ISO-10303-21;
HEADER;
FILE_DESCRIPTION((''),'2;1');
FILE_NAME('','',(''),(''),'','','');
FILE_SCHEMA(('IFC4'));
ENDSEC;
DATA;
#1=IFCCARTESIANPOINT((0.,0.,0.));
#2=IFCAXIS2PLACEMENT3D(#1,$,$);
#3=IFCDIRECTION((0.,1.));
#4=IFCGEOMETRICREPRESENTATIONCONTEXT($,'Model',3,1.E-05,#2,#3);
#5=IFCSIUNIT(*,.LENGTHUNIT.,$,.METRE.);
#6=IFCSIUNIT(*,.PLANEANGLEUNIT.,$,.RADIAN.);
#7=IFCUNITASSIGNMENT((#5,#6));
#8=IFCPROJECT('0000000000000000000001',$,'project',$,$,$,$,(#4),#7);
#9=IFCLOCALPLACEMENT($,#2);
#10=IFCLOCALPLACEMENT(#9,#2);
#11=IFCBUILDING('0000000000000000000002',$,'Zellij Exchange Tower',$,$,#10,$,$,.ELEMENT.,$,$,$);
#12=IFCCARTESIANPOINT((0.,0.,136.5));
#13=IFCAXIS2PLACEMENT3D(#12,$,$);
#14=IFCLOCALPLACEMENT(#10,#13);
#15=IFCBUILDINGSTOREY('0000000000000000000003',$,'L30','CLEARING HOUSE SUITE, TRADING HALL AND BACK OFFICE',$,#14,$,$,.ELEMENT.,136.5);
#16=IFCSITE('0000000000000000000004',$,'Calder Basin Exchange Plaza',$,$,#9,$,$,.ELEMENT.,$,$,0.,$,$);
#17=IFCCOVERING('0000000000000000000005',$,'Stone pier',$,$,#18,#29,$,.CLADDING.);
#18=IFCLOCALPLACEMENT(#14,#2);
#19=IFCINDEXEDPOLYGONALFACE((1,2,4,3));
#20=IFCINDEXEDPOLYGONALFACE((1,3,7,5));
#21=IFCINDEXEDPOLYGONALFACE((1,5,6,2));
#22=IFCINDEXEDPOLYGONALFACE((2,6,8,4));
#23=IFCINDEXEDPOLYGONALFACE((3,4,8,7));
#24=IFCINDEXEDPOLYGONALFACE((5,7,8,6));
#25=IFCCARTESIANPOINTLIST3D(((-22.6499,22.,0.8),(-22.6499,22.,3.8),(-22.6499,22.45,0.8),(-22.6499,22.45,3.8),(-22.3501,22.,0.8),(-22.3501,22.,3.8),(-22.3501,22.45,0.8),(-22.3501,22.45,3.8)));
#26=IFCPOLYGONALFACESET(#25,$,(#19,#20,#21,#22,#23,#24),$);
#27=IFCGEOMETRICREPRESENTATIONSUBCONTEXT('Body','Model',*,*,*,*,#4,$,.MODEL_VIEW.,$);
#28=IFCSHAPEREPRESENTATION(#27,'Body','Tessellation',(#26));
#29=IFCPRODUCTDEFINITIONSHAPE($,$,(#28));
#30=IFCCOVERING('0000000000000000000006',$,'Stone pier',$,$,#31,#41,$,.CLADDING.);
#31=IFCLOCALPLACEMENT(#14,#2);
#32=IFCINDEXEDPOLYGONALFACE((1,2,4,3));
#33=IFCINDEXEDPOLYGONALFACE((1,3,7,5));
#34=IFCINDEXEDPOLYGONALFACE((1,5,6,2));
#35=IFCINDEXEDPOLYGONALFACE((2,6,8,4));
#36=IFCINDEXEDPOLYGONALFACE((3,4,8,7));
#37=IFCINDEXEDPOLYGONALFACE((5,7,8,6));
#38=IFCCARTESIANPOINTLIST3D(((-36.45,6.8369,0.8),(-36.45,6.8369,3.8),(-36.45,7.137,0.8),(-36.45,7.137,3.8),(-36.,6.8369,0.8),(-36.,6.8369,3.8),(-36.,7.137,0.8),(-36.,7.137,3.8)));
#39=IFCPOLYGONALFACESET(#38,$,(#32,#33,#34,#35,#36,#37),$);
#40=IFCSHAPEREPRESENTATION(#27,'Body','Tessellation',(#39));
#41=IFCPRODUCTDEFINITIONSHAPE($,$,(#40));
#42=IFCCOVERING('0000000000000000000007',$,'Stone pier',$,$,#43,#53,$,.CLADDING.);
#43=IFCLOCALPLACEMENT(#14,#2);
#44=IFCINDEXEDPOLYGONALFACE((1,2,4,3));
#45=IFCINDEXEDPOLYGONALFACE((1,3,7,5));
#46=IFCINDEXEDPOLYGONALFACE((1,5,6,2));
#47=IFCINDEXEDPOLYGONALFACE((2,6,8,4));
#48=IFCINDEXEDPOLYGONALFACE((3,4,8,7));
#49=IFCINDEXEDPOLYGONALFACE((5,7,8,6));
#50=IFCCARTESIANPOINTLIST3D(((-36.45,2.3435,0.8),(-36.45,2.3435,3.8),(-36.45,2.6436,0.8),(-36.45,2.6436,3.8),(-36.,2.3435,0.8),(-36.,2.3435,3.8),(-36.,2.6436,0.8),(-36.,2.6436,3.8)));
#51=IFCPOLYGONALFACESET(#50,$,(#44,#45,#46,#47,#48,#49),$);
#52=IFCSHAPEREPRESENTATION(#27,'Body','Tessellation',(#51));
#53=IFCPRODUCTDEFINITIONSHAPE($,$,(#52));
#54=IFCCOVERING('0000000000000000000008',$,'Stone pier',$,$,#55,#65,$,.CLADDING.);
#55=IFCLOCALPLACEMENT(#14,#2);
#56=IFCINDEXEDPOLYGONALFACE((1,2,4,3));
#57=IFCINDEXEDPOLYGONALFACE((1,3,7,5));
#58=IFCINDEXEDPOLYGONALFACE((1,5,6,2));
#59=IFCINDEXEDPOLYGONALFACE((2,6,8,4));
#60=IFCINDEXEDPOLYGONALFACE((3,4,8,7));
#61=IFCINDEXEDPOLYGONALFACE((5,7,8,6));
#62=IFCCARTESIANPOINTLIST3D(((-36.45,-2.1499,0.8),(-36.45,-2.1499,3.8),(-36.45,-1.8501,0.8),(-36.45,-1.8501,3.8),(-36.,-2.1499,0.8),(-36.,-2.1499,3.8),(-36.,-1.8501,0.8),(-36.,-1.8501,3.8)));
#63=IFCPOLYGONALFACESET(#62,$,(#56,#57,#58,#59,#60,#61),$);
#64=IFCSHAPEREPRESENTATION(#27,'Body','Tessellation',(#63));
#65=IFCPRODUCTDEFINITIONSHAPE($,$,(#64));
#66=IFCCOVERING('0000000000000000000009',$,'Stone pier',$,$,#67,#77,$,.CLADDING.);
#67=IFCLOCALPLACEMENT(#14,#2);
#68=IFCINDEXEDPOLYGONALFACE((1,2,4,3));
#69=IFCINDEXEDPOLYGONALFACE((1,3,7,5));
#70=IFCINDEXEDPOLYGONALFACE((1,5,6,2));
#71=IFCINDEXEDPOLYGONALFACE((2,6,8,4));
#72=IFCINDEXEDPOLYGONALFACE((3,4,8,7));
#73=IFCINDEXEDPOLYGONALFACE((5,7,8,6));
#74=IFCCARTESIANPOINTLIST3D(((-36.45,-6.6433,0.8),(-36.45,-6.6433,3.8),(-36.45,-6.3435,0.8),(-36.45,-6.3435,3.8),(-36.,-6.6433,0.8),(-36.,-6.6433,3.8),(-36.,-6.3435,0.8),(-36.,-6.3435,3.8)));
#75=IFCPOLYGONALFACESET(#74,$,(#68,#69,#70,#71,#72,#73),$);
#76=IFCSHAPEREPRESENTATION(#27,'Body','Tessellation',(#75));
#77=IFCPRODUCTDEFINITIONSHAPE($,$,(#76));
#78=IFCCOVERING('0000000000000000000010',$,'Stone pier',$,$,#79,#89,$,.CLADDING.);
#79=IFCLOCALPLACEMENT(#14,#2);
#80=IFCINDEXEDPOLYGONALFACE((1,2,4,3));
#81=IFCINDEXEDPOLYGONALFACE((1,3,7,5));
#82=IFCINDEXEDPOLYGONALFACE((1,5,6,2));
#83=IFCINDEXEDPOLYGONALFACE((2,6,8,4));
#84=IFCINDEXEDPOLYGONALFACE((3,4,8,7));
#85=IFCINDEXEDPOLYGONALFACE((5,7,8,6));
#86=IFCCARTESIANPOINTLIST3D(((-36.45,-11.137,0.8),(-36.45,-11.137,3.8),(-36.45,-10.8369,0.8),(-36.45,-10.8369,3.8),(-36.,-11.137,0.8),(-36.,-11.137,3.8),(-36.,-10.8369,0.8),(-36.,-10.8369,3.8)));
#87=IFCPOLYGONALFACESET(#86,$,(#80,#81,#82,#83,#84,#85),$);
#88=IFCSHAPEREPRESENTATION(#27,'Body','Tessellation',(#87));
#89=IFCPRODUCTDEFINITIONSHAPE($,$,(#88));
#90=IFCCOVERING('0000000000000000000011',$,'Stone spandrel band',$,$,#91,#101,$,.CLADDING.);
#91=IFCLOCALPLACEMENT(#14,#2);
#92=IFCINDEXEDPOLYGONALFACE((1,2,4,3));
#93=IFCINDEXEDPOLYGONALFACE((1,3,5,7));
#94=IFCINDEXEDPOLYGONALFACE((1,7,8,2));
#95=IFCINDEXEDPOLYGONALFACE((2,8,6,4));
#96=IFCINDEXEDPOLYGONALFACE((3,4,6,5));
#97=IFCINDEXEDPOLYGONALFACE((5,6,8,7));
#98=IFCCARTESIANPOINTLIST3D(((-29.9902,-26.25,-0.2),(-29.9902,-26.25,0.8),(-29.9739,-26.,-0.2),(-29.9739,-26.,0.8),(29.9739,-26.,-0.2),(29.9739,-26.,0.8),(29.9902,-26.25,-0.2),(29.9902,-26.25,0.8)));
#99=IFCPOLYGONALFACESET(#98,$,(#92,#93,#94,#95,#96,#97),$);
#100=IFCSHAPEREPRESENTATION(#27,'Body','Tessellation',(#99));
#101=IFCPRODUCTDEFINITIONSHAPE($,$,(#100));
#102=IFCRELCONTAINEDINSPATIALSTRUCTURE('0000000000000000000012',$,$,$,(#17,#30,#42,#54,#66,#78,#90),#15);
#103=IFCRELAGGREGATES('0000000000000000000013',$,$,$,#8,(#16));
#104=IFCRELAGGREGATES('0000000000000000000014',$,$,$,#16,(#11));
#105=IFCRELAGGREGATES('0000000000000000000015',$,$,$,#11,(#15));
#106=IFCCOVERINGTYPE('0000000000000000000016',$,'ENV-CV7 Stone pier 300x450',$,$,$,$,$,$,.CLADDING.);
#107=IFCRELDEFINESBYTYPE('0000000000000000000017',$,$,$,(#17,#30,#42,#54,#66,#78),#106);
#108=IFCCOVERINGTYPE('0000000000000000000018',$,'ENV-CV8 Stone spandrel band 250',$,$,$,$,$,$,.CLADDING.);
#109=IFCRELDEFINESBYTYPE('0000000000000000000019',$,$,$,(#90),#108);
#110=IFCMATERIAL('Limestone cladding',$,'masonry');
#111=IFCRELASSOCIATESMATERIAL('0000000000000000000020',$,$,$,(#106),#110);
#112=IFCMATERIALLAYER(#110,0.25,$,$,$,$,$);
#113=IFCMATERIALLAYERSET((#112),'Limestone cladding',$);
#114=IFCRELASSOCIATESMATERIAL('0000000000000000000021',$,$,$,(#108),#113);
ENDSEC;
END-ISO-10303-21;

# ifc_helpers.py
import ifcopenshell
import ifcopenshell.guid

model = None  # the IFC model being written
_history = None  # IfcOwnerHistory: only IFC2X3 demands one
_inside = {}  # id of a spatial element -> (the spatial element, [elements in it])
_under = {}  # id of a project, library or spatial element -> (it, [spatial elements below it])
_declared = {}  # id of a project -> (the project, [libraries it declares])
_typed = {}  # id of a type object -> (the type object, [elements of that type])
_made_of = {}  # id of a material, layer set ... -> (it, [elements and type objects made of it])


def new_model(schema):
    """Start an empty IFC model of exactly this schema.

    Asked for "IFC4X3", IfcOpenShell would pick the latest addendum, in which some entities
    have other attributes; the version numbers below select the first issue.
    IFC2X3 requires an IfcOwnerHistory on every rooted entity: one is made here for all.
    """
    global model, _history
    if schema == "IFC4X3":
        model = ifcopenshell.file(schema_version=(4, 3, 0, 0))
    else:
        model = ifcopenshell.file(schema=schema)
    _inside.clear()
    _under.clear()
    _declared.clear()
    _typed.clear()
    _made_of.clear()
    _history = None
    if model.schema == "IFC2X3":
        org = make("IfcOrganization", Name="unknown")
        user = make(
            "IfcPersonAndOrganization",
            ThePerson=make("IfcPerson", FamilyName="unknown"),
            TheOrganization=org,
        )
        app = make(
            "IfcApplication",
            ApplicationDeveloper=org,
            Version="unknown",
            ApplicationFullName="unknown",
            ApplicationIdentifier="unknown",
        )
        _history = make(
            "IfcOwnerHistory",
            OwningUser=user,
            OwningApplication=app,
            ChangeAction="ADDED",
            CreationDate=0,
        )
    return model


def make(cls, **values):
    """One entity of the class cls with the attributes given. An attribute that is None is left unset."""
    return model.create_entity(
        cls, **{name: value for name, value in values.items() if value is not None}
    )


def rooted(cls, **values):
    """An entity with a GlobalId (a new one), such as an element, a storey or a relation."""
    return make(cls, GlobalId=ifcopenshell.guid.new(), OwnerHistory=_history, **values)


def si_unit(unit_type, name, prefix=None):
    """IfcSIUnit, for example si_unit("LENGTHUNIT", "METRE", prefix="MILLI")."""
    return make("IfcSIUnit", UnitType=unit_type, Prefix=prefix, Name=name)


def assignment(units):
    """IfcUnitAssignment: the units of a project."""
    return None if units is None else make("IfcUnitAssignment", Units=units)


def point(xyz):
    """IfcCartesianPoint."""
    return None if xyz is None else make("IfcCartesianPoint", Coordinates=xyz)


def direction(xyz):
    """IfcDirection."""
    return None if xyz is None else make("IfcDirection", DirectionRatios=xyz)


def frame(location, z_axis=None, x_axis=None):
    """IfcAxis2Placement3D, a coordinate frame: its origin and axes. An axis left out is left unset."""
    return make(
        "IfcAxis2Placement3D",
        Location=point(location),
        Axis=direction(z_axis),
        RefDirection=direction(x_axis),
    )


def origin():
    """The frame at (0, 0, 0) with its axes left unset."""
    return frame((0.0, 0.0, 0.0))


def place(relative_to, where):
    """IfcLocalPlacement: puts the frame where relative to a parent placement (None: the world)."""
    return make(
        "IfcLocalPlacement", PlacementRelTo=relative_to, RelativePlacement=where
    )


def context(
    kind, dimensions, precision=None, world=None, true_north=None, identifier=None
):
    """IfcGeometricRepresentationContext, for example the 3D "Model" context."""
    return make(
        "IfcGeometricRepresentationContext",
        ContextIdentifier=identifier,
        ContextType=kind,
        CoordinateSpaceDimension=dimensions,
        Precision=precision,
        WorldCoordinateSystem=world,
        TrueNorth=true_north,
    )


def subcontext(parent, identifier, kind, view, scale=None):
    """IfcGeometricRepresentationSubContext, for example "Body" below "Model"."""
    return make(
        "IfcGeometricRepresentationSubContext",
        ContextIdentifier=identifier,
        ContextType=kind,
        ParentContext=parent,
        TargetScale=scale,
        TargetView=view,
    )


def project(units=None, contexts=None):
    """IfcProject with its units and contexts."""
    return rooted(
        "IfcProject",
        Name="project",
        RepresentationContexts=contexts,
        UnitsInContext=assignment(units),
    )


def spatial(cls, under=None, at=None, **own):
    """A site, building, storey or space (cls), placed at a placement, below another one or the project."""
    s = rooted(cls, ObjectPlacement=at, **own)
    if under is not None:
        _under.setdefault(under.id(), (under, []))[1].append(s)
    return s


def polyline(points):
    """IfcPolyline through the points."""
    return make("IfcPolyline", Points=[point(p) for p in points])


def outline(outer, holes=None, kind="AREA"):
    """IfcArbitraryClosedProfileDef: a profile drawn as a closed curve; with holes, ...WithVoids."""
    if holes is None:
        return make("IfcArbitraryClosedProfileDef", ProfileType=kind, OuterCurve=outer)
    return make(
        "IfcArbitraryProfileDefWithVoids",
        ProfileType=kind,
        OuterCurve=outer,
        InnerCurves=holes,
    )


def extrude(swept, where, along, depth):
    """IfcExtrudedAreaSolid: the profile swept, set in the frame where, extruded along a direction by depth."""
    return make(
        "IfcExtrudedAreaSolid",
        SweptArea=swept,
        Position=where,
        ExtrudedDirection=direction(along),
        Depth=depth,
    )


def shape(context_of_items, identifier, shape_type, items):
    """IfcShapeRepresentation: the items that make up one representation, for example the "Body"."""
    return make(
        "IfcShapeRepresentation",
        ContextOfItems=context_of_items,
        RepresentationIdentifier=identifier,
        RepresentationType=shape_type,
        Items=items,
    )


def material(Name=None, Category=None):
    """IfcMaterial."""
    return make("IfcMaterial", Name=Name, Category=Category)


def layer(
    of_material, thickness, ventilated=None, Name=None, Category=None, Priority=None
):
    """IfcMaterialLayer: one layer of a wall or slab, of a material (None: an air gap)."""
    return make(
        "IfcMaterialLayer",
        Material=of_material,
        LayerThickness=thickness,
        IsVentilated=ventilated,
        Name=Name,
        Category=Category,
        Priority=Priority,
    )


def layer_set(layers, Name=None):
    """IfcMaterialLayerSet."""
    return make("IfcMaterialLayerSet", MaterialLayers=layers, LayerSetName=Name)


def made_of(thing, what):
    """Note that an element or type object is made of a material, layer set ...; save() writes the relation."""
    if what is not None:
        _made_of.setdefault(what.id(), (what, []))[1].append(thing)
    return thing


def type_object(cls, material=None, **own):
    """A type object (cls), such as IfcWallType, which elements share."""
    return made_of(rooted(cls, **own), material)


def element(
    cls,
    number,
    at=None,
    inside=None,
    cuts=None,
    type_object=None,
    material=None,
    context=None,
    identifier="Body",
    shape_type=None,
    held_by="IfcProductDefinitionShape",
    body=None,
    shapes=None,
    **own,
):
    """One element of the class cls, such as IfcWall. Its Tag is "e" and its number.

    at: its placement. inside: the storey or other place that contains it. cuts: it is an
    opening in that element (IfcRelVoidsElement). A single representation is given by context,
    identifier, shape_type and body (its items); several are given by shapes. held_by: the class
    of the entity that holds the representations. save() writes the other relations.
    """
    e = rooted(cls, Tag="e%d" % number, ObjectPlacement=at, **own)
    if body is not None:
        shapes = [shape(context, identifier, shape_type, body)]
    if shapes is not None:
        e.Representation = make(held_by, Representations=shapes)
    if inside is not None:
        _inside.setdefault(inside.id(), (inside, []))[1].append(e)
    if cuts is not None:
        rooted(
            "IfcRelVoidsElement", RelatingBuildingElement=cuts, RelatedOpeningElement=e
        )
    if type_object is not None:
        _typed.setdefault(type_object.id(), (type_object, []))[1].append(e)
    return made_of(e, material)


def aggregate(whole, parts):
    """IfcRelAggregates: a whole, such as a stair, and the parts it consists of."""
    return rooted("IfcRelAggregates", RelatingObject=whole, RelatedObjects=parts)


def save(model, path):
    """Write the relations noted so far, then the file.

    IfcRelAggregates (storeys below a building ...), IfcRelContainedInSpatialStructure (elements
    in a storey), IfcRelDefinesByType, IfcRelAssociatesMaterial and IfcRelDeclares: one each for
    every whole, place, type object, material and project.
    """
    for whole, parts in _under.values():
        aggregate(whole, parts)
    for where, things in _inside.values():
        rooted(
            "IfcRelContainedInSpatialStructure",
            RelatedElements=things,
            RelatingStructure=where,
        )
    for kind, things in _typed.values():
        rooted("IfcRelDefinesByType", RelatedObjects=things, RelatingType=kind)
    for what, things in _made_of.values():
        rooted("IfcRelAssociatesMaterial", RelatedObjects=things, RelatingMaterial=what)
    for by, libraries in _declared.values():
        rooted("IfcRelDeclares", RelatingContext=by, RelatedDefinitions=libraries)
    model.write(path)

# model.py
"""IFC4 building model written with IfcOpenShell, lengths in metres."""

from ifc_helpers import new_model, si_unit, direction, frame, origin, place, context, subcontext, project, spatial, polyline, outline, extrude, material, layer, layer_set, type_object, element, save


model = new_model("IFC4")

# Units and contexts
model_context = context("Model", 3, precision=1e-05, world=origin(), true_north=direction((0.0, 1.0)))
body_context = subcontext(model_context, "Body", "Model", "MODEL_VIEW")
ifc_project = project(units=[si_unit("LENGTHUNIT", "METRE"), si_unit("PLANEANGLEUNIT", "RADIAN")], contexts=[model_context])

# Site, building, storey
site_placement = place(None, origin())
site = spatial("IfcSite", under=ifc_project, at=site_placement, Name="Calder Basin Exchange Plaza", CompositionType="ELEMENT", RefElevation=0.0)
building_placement = place(site_placement, origin())
building = spatial("IfcBuilding", under=site, at=building_placement, Name="Zellij Exchange Tower", CompositionType="ELEMENT")
storey_placement = place(building_placement, frame((0.0, 0.0, 136.5)))
storey = spatial("IfcBuildingStorey", under=building, at=storey_placement, Name="L30", Description="CLEARING HOUSE SUITE, TRADING HALL AND BACK OFFICE", CompositionType="ELEMENT", Elevation=136.5)

# Coverings
ifc_material_1 = material(Name="Limestone cladding", Category="masonry")
covering_type_1 = type_object("IfcCoveringType", Name="ENV-CV7 Stone pier 300x450", PredefinedType="CLADDING", material=ifc_material_1)
covering_1_placement = place(storey_placement, frame((0.0, 0.0, 0.8)))
element("IfcCovering", 1, at=covering_1_placement, inside=storey, type_object=covering_type_1, Name="Stone pier", PredefinedType="CLADDING", context=body_context, shape_type="SweptSolid", body=[
    extrude(outline(polyline([(-22.3501, 22.0), (-22.6499, 22.0), (-22.6499, 22.45), (-22.3501, 22.45), (-22.3501, 22.0)])), origin(), (0.0, 0.0, 1.0), 3.0),
])
covering_2_placement = place(storey_placement, frame((0.0, 0.0, 0.8)))
element("IfcCovering", 2, at=covering_2_placement, inside=storey, type_object=covering_type_1, Name="Stone pier", PredefinedType="CLADDING", context=body_context, shape_type="SweptSolid", body=[
    extrude(outline(polyline([(-36.0, 7.137), (-36.0, 6.8369), (-36.45, 6.8369), (-36.45, 7.137), (-36.0, 7.137)])), origin(), (0.0, 0.0, 1.0), 3.0),
])
covering_3_placement = place(storey_placement, frame((0.0, 0.0, 0.8)))
element("IfcCovering", 3, at=covering_3_placement, inside=storey, type_object=covering_type_1, Name="Stone pier", PredefinedType="CLADDING", context=body_context, shape_type="SweptSolid", body=[
    extrude(outline(polyline([(-36.0, 2.6436), (-36.0, 2.3435), (-36.45, 2.3435), (-36.45, 2.6436), (-36.0, 2.6436)])), origin(), (0.0, 0.0, 1.0), 3.0),
])
covering_4_placement = place(storey_placement, frame((0.0, 0.0, 0.8)))
element("IfcCovering", 4, at=covering_4_placement, inside=storey, type_object=covering_type_1, Name="Stone pier", PredefinedType="CLADDING", context=body_context, shape_type="SweptSolid", body=[
    extrude(outline(polyline([(-36.0, -1.8501), (-36.0, -2.1499), (-36.45, -2.1499), (-36.45, -1.8501), (-36.0, -1.8501)])), origin(), (0.0, 0.0, 1.0), 3.0),
])
covering_5_placement = place(storey_placement, frame((0.0, 0.0, 0.8)))
element("IfcCovering", 5, at=covering_5_placement, inside=storey, type_object=covering_type_1, Name="Stone pier", PredefinedType="CLADDING", context=body_context, shape_type="SweptSolid", body=[
    extrude(outline(polyline([(-36.0, -6.3435), (-36.0, -6.6433), (-36.45, -6.6433), (-36.45, -6.3435), (-36.0, -6.3435)])), origin(), (0.0, 0.0, 1.0), 3.0),
])
covering_6_placement = place(storey_placement, frame((0.0, 0.0, 0.8)))
element("IfcCovering", 6, at=covering_6_placement, inside=storey, type_object=covering_type_1, Name="Stone pier", PredefinedType="CLADDING", context=body_context, shape_type="SweptSolid", body=[
    extrude(outline(polyline([(-36.0, -10.8369), (-36.0, -11.137), (-36.45, -11.137), (-36.45, -10.8369), (-36.0, -10.8369)])), origin(), (0.0, 0.0, 1.0), 3.0),
])
ifc_layer_1 = layer(ifc_material_1, 0.25)
ifc_layer_set_1 = layer_set([ifc_layer_1], Name="Limestone cladding")
covering_type_2 = type_object("IfcCoveringType", Name="ENV-CV8 Stone spandrel band 250", PredefinedType="CLADDING", material=ifc_layer_set_1)
covering_7_placement = place(storey_placement, frame((0.0, 0.0, -0.2)))
element("IfcCovering", 7, at=covering_7_placement, inside=storey, type_object=covering_type_2, Name="Stone spandrel band", PredefinedType="CLADDING", context=body_context, shape_type="SweptSolid", body=[
    extrude(outline(polyline([(-29.9739, -26.0), (29.9739, -26.0), (29.9902, -26.25), (-29.9902, -26.25), (-29.9739, -26.0)])), origin(), (0.0, 0.0, 1.0), 1.0),
])

save(model, "model.ifc")
